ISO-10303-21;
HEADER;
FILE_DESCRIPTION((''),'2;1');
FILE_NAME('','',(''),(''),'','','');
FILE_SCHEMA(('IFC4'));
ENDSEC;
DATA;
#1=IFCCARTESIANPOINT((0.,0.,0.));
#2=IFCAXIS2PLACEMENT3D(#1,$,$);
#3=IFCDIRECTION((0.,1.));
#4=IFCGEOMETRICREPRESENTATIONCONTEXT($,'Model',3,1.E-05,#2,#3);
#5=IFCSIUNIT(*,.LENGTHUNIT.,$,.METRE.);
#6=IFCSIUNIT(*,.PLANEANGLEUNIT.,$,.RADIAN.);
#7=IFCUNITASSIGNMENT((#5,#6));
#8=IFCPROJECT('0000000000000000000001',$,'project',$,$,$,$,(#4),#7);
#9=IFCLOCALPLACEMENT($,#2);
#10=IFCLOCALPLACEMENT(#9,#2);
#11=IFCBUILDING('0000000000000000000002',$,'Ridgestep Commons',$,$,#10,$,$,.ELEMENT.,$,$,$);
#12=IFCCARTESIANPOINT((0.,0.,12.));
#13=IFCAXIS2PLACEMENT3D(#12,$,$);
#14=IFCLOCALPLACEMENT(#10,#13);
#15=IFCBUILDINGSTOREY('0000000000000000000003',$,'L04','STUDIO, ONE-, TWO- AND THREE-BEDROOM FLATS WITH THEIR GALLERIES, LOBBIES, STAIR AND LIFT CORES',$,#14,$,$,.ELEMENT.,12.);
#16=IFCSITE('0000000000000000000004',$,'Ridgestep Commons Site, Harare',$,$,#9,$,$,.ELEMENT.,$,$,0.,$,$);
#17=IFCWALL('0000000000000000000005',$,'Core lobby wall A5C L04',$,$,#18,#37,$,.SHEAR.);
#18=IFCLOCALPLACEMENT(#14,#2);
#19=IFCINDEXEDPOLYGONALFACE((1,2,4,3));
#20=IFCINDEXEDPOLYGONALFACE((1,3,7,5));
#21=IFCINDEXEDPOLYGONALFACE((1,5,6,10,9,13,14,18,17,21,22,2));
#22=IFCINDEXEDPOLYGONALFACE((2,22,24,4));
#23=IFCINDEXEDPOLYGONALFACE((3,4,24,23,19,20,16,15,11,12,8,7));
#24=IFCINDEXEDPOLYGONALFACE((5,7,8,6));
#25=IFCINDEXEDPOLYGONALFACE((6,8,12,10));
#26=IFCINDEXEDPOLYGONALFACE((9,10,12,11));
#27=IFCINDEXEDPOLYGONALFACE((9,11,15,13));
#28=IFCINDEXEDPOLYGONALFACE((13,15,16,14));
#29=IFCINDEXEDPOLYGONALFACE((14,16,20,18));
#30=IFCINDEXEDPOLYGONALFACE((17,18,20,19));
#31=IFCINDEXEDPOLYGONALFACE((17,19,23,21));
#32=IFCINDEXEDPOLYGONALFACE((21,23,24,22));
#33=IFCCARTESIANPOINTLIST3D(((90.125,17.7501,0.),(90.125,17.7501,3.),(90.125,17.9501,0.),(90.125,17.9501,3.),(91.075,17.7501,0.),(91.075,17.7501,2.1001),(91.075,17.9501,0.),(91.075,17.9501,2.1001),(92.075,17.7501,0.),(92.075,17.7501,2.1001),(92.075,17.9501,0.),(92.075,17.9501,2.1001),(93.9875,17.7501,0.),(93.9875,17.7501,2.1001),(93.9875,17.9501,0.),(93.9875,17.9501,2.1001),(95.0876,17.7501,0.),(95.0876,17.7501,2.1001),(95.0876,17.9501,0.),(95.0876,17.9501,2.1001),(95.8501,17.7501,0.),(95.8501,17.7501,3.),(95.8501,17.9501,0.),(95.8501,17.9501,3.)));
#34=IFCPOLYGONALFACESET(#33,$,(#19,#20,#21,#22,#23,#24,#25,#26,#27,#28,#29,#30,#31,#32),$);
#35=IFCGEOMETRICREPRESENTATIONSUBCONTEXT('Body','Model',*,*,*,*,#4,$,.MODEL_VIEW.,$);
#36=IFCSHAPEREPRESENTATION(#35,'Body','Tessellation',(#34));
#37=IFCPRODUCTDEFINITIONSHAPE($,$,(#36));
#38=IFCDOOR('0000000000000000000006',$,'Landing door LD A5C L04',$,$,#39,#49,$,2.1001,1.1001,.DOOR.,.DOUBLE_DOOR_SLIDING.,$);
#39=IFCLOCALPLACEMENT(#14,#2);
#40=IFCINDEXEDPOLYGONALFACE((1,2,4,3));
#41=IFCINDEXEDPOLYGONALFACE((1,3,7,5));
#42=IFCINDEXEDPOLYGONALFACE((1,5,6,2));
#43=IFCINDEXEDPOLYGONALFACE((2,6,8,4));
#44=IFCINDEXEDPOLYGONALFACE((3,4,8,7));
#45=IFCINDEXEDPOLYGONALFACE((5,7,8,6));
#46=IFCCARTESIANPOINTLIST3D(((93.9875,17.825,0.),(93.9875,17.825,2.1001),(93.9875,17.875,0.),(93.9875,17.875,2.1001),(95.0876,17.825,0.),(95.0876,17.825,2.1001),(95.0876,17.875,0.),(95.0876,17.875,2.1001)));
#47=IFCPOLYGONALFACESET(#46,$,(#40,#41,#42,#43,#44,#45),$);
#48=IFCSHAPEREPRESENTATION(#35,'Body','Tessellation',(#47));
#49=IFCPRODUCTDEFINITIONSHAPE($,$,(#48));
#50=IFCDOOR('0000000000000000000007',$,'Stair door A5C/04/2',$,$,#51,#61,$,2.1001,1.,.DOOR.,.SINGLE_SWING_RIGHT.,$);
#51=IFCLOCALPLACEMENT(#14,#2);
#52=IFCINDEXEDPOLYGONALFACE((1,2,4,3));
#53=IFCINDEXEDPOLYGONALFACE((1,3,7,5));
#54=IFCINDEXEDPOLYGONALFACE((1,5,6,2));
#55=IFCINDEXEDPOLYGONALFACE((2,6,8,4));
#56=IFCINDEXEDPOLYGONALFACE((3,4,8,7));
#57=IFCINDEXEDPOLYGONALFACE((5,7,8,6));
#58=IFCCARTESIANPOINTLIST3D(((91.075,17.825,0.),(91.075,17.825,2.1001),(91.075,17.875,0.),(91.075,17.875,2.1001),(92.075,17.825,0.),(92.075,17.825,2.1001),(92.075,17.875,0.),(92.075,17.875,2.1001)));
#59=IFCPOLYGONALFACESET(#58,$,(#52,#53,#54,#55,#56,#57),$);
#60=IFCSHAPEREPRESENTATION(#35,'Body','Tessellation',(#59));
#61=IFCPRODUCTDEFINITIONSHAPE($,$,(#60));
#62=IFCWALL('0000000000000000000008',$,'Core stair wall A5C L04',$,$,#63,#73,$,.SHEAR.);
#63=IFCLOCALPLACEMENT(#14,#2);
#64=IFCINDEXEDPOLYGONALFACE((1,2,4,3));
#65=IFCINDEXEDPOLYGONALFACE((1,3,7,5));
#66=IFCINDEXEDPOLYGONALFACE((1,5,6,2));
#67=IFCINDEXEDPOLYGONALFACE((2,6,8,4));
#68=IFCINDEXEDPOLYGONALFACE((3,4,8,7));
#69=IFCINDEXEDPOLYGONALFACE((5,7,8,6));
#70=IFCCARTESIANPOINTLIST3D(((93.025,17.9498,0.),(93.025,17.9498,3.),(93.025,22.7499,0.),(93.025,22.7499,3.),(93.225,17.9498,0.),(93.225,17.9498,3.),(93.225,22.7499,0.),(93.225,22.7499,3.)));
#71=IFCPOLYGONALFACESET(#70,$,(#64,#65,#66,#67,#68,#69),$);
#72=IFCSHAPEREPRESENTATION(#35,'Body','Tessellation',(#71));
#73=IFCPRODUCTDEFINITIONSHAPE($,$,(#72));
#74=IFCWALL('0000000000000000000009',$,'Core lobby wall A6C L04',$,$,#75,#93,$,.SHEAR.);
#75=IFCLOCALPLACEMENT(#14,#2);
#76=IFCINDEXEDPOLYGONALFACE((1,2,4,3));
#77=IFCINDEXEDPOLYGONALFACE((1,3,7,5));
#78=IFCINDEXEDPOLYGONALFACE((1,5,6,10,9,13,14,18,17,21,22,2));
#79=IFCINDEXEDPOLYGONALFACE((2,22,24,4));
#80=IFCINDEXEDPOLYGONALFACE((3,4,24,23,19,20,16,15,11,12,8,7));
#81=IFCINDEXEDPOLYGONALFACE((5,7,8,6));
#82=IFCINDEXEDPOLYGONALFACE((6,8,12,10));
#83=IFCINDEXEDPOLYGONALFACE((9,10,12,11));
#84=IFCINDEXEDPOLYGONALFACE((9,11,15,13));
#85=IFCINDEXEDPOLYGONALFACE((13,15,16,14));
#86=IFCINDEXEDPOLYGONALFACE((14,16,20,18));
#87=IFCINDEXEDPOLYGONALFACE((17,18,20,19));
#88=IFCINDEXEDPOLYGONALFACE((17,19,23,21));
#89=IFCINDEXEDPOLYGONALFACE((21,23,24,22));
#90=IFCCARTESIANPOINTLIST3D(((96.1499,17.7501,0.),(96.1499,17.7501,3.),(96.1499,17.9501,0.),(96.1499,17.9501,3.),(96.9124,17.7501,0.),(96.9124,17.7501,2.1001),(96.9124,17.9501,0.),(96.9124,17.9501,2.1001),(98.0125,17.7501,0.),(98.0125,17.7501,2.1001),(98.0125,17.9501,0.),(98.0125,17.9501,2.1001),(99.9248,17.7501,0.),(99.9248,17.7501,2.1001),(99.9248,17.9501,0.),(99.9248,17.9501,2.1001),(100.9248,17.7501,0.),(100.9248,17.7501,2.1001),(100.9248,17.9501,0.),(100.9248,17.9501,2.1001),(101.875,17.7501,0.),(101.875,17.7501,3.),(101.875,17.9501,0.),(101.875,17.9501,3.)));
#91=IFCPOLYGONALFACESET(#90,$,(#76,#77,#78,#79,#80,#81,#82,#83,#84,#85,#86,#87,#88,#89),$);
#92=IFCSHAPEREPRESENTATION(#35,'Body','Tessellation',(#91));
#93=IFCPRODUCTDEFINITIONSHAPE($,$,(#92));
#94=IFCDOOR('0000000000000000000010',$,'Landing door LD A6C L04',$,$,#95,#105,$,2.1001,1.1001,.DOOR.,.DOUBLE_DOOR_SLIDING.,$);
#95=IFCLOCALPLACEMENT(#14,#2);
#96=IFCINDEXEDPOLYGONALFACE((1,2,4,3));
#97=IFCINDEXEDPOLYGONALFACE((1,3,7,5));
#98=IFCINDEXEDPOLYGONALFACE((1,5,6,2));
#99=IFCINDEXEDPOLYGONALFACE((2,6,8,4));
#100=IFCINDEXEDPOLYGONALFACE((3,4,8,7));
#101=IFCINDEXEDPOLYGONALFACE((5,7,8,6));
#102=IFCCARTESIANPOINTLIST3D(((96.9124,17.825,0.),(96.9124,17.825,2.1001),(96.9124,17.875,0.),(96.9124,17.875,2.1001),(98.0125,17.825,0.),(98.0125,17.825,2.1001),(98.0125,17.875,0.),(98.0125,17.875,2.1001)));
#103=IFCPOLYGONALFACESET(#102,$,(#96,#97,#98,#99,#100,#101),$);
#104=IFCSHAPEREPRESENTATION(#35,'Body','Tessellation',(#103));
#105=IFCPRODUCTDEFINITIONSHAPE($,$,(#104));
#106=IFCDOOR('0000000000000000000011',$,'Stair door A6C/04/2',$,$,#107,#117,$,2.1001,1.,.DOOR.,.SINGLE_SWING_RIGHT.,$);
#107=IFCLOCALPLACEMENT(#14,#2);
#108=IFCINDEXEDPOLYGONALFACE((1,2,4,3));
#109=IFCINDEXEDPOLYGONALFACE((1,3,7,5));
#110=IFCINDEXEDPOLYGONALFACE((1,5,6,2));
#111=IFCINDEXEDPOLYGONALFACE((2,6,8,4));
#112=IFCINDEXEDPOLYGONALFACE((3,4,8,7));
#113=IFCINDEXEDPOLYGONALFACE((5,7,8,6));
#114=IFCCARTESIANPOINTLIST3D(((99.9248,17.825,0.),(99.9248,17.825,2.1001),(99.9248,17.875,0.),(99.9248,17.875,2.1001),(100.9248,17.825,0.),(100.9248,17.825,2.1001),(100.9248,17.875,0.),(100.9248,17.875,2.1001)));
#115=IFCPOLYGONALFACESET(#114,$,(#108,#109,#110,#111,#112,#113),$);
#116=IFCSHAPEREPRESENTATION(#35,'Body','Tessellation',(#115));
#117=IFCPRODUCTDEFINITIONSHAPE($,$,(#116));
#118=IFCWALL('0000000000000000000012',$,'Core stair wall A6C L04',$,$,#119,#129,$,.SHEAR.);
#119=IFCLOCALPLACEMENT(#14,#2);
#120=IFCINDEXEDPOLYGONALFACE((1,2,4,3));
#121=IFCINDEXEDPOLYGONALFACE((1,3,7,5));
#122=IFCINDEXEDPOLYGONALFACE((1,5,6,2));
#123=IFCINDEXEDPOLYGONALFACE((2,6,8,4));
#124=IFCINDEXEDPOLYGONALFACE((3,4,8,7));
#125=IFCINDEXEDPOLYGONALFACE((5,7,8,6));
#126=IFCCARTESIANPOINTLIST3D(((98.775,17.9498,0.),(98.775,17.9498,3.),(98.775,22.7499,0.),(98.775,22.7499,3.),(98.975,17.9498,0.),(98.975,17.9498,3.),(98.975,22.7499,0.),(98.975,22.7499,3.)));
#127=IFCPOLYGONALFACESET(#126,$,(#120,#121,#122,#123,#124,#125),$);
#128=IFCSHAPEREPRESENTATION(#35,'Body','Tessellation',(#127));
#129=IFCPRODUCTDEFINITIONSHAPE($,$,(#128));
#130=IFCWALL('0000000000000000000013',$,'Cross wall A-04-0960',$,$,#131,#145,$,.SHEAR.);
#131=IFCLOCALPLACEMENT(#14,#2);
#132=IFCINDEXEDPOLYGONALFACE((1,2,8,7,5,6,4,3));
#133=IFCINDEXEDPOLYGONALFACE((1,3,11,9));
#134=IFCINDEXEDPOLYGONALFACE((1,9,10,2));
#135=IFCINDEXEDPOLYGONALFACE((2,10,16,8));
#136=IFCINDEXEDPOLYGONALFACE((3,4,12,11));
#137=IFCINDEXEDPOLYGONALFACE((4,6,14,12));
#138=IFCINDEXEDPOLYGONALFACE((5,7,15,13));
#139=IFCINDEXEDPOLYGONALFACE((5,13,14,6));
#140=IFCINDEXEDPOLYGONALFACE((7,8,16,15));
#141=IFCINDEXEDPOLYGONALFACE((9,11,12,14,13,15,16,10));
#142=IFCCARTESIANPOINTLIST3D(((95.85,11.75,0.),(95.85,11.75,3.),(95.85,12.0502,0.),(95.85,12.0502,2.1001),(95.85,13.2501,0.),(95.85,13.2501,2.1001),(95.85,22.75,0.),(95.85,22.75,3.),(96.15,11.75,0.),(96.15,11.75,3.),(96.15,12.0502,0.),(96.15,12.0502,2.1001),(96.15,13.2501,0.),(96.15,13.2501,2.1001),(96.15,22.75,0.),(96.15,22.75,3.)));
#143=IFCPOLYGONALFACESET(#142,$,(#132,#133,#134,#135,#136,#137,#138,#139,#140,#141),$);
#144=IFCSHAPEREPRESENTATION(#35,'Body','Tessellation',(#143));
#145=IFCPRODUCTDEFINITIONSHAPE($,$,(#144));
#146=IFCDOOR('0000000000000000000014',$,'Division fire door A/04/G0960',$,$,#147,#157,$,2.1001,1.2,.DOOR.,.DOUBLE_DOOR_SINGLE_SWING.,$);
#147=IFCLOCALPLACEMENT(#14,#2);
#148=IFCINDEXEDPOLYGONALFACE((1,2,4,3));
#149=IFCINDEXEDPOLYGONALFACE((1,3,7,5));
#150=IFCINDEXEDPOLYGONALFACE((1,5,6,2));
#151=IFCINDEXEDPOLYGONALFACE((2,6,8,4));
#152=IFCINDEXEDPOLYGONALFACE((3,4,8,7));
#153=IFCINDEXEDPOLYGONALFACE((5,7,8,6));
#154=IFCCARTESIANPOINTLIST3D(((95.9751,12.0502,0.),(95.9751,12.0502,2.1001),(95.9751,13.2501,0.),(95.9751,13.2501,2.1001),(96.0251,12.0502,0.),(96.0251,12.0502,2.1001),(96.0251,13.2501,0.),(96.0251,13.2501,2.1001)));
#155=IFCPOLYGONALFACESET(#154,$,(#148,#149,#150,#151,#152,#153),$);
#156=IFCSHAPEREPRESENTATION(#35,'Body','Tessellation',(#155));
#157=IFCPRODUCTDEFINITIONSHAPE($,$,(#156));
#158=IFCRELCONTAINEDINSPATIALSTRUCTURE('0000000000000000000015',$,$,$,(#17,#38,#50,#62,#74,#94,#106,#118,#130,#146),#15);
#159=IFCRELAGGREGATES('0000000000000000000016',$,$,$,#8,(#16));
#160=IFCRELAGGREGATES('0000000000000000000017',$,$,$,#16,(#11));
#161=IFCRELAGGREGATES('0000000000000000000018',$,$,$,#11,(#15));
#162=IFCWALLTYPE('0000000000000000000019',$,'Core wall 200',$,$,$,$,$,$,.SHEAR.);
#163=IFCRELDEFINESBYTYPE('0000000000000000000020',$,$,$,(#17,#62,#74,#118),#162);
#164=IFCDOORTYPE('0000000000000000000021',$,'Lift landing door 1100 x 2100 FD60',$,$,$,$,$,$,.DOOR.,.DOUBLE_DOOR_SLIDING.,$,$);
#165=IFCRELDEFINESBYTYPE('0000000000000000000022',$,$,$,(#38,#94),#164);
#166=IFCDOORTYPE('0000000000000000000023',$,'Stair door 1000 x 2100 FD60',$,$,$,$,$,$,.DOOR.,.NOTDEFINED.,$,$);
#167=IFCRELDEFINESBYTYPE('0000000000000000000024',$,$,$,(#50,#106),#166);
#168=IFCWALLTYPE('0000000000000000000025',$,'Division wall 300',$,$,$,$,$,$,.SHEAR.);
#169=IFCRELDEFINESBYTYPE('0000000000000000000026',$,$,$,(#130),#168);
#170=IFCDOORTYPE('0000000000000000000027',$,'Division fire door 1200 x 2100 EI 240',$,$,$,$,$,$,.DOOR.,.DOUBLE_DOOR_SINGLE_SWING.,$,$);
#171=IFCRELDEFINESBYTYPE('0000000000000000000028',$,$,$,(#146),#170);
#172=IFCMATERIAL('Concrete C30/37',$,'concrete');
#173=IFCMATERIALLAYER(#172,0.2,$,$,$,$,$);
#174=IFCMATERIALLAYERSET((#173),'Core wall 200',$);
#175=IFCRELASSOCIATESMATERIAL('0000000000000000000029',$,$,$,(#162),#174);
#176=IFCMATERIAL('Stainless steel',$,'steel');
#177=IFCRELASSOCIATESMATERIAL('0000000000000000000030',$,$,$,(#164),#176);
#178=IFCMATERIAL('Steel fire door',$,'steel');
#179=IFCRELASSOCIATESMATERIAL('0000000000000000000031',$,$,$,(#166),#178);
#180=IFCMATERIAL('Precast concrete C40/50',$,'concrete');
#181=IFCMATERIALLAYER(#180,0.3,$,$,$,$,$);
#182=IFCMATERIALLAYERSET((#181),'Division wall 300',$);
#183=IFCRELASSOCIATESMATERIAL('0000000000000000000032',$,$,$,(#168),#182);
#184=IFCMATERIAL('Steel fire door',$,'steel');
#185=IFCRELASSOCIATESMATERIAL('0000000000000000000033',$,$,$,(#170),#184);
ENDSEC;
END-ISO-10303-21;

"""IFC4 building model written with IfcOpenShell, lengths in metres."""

from ifc_helpers import new_model, si_unit, direction, frame, frame_2d, origin, place, context, subcontext, project, spatial, rectangle, extrude, material, layer, layer_set, type_object, element, fill, save


model = new_model("IFC4")

# Units and contexts
model_context = context("Model", 3, precision=1e-05, world=origin(), true_north=direction((0.0, 1.0)))
body_context = subcontext(model_context, "Body", "Model", "MODEL_VIEW")
ifc_project = project(units=[si_unit("LENGTHUNIT", "METRE"), si_unit("PLANEANGLEUNIT", "RADIAN")], contexts=[model_context])

# Site, building, storey
site_placement = place(None, origin())
site = spatial("IfcSite", under=ifc_project, at=site_placement, Name="Ridgestep Commons Site, Harare", CompositionType="ELEMENT", RefElevation=0.0)
building_placement = place(site_placement, origin())
building = spatial("IfcBuilding", under=site, at=building_placement, Name="Ridgestep Commons", CompositionType="ELEMENT")
storey_placement = place(building_placement, frame((0.0, 0.0, 12.0)))
storey = spatial("IfcBuildingStorey", under=building, at=storey_placement, Name="L04", Description="STUDIO, ONE-, TWO- AND THREE-BEDROOM FLATS WITH THEIR GALLERIES, LOBBIES, STAIR AND LIFT CORES", CompositionType="ELEMENT", Elevation=12.0)

# Wall, openings, doors
ifc_material_1 = material(Name="Concrete C30/37", Category="concrete")
ifc_layer_1 = layer(ifc_material_1, 0.2)
ifc_layer_set_1 = layer_set([ifc_layer_1], Name="Core wall 200")
wall_type_1 = type_object("IfcWallType", Name="Core wall 200", PredefinedType="SHEAR", material=ifc_layer_set_1)
wall_1_placement = place(storey_placement, frame((90.125, 17.8501, 0.0), z_axis=(0.0, 0.0, 1.0), x_axis=(1.0, 0.0, 0.0)))
wall_1 = element("IfcWall", 1, at=wall_1_placement, inside=storey, type_object=wall_type_1, Name="Core lobby wall A5C L04", PredefinedType="SHEAR", context=body_context, shape_type="SweptSolid", body=[
    extrude(rectangle(XDim=5.7251, YDim=0.2, at=frame_2d((2.8625, 0.0))), origin(), (0.0, 0.0, 1.0), 3.0),
])
opening_1_placement = place(wall_1_placement, frame((0.95, 0.0, 0.0)))
opening_1 = element("IfcOpeningElement", 2, at=opening_1_placement, cuts=wall_1, PredefinedType="OPENING", context=body_context, shape_type="SweptSolid", body=[
    extrude(rectangle(XDim=1.0, YDim=2.1001, at=frame_2d((0.5, 1.05))), frame((0.0, 0.1099, 0.0), z_axis=(0.0, -1.0, 0.0), x_axis=(1.0, 0.0, 0.0)), (0.0, 0.0, 1.0), 0.22),
])
opening_2_placement = place(wall_1_placement, frame((3.8625, 0.0, 0.0)))
opening_2 = element("IfcOpeningElement", 3, at=opening_2_placement, cuts=wall_1, PredefinedType="OPENING", context=body_context, shape_type="SweptSolid", body=[
    extrude(rectangle(XDim=1.1001, YDim=2.1001, at=frame_2d((0.55, 1.05))), frame((0.0, 0.1099, 0.0), z_axis=(0.0, -1.0, 0.0), x_axis=(1.0, 0.0, 0.0)), (0.0, 0.0, 1.0), 0.22),
])
ifc_material_2 = material(Name="Stainless steel", Category="steel")
door_type_1 = type_object("IfcDoorType", Name="Lift landing door 1100 x 2100 FD60", OperationType="DOUBLE_DOOR_SLIDING", PredefinedType="DOOR", material=ifc_material_2)
door_1_placement = place(opening_2_placement, origin())
door_1 = element("IfcDoor", 4, at=door_1_placement, inside=storey, type_object=door_type_1, Name="Landing door LD A5C L04", OperationType="DOUBLE_DOOR_SLIDING", OverallHeight=2.1001, OverallWidth=1.1001, PredefinedType="DOOR", context=body_context, shape_type="SweptSolid", body=[
    extrude(rectangle(XDim=1.1001, YDim=2.1001, at=frame_2d((0.55, 1.05))), frame((0.0, 0.0249, 0.0), z_axis=(0.0, -1.0, 0.0), x_axis=(1.0, 0.0, 0.0)), (0.0, 0.0, 1.0), 0.05),
])
fill(opening_2, door_1)
ifc_material_3 = material(Name="Steel fire door", Category="steel")
door_type_2 = type_object("IfcDoorType", Name="Stair door 1000 x 2100 FD60", OperationType="NOTDEFINED", PredefinedType="DOOR", material=ifc_material_3)
door_2_placement = place(opening_1_placement, origin())
door_2 = element("IfcDoor", 5, at=door_2_placement, inside=storey, type_object=door_type_2, Name="Stair door A5C/04/2", OperationType="SINGLE_SWING_RIGHT", OverallHeight=2.1001, OverallWidth=1.0, PredefinedType="DOOR", context=body_context, shape_type="SweptSolid", body=[
    extrude(rectangle(XDim=1.0, YDim=2.1001, at=frame_2d((0.5, 1.05))), frame((0.0, 0.0249, 0.0), z_axis=(0.0, -1.0, 0.0), x_axis=(1.0, 0.0, 0.0)), (0.0, 0.0, 1.0), 0.05),
])
fill(opening_1, door_2)

# Wall
wall_2_placement = place(storey_placement, frame((93.125, 17.95, 0.0), z_axis=(0.0, 0.0, 1.0), x_axis=(0.0, 1.0, 0.0)))
element("IfcWall", 6, at=wall_2_placement, inside=storey, type_object=wall_type_1, Name="Core stair wall A5C L04", PredefinedType="SHEAR", context=body_context, shape_type="SweptSolid", body=[
    extrude(rectangle(XDim=4.8, YDim=0.2, at=frame_2d((2.3999, 0.0))), origin(), (0.0, 0.0, 1.0), 3.0),
])

# Wall, openings, doors
wall_3_placement = place(storey_placement, frame((96.1499, 17.8501, 0.0), z_axis=(0.0, 0.0, 1.0), x_axis=(1.0, 0.0, 0.0)))
wall_3 = element("IfcWall", 7, at=wall_3_placement, inside=storey, type_object=wall_type_1, Name="Core lobby wall A6C L04", PredefinedType="SHEAR", context=body_context, shape_type="SweptSolid", body=[
    extrude(rectangle(XDim=5.7251, YDim=0.2, at=frame_2d((2.8625, 0.0))), origin(), (0.0, 0.0, 1.0), 3.0),
])
opening_3_placement = place(wall_3_placement, frame((3.7749, 0.0, 0.0)))
opening_3 = element("IfcOpeningElement", 8, at=opening_3_placement, cuts=wall_3, PredefinedType="OPENING", context=body_context, shape_type="SweptSolid", body=[
    extrude(rectangle(XDim=1.0, YDim=2.1001, at=frame_2d((0.5, 1.05))), frame((0.0, 0.1099, 0.0), z_axis=(0.0, -1.0, 0.0), x_axis=(1.0, 0.0, 0.0)), (0.0, 0.0, 1.0), 0.22),
])
opening_4_placement = place(wall_3_placement, frame((0.7625, 0.0, 0.0)))
opening_4 = element("IfcOpeningElement", 9, at=opening_4_placement, cuts=wall_3, PredefinedType="OPENING", context=body_context, shape_type="SweptSolid", body=[
    extrude(rectangle(XDim=1.1001, YDim=2.1001, at=frame_2d((0.55, 1.05))), frame((0.0, 0.1099, 0.0), z_axis=(0.0, -1.0, 0.0), x_axis=(1.0, 0.0, 0.0)), (0.0, 0.0, 1.0), 0.22),
])
door_3_placement = place(opening_4_placement, origin())
door_3 = element("IfcDoor", 10, at=door_3_placement, inside=storey, type_object=door_type_1, Name="Landing door LD A6C L04", OperationType="DOUBLE_DOOR_SLIDING", OverallHeight=2.1001, OverallWidth=1.1001, PredefinedType="DOOR", context=body_context, shape_type="SweptSolid", body=[
    extrude(rectangle(XDim=1.1001, YDim=2.1001, at=frame_2d((0.55, 1.05))), frame((0.0, 0.0249, 0.0), z_axis=(0.0, -1.0, 0.0), x_axis=(1.0, 0.0, 0.0)), (0.0, 0.0, 1.0), 0.05),
])
fill(opening_4, door_3)
door_4_placement = place(opening_3_placement, origin())
door_4 = element("IfcDoor", 11, at=door_4_placement, inside=storey, type_object=door_type_2, Name="Stair door A6C/04/2", OperationType="SINGLE_SWING_RIGHT", OverallHeight=2.1001, OverallWidth=1.0, PredefinedType="DOOR", context=body_context, shape_type="SweptSolid", body=[
    extrude(rectangle(XDim=1.0, YDim=2.1001, at=frame_2d((0.5, 1.05))), frame((0.0, 0.0249, 0.0), z_axis=(0.0, -1.0, 0.0), x_axis=(1.0, 0.0, 0.0)), (0.0, 0.0, 1.0), 0.05),
])
fill(opening_3, door_4)

# Wall
wall_4_placement = place(storey_placement, frame((98.875, 17.95, 0.0), z_axis=(0.0, 0.0, 1.0), x_axis=(0.0, 1.0, 0.0)))
element("IfcWall", 12, at=wall_4_placement, inside=storey, type_object=wall_type_1, Name="Core stair wall A6C L04", PredefinedType="SHEAR", context=body_context, shape_type="SweptSolid", body=[
    extrude(rectangle(XDim=4.8, YDim=0.2, at=frame_2d((2.3999, 0.0))), origin(), (0.0, 0.0, 1.0), 3.0),
])

# Wall, opening, door
ifc_material_4 = material(Name="Precast concrete C40/50", Category="concrete")
ifc_layer_2 = layer(ifc_material_4, 0.3)
ifc_layer_set_2 = layer_set([ifc_layer_2], Name="Division wall 300")
wall_type_2 = type_object("IfcWallType", Name="Division wall 300", PredefinedType="SHEAR", material=ifc_layer_set_2)
wall_5_placement = place(storey_placement, frame((96.0, 11.75, 0.0), z_axis=(0.0, 0.0, 1.0), x_axis=(0.0, 1.0, 0.0)))
wall_5 = element("IfcWall", 13, at=wall_5_placement, inside=storey, type_object=wall_type_2, Name="Cross wall A-04-0960", PredefinedType="SHEAR", context=body_context, shape_type="SweptSolid", body=[
    extrude(rectangle(XDim=11.0, YDim=0.3, at=frame_2d((5.5, 0.0))), origin(), (0.0, 0.0, 1.0), 3.0),
])
opening_5_placement = place(wall_5_placement, frame((0.3, 0.0, 0.0)))
opening_5 = element("IfcOpeningElement", 14, at=opening_5_placement, cuts=wall_5, PredefinedType="OPENING", context=body_context, shape_type="SweptSolid", body=[
    extrude(rectangle(XDim=1.2, YDim=2.1001, at=frame_2d((0.6001, 1.05))), frame((0.0, 0.1599, 0.0), z_axis=(0.0, -1.0, 0.0), x_axis=(1.0, 0.0, 0.0)), (0.0, 0.0, 1.0), 0.3201),
])
ifc_material_5 = material(Name="Steel fire door", Category="steel")
door_type_3 = type_object("IfcDoorType", Name="Division fire door 1200 x 2100 EI 240", OperationType="DOUBLE_DOOR_SINGLE_SWING", PredefinedType="DOOR", material=ifc_material_5)
door_5_placement = place(opening_5_placement, origin())
door_5 = element("IfcDoor", 15, at=door_5_placement, inside=storey, type_object=door_type_3, Name="Division fire door A/04/G0960", OperationType="DOUBLE_DOOR_SINGLE_SWING", OverallHeight=2.1001, OverallWidth=1.2, PredefinedType="DOOR", context=body_context, shape_type="SweptSolid", body=[
    extrude(rectangle(XDim=1.2, YDim=2.1001, at=frame_2d((0.6001, 1.05))), frame((0.0, 0.0249, 0.0), z_axis=(0.0, -1.0, 0.0), x_axis=(1.0, 0.0, 0.0)), (0.0, 0.0, 1.0), 0.05),
])
fill(opening_5, door_5)

save(model, "model.ifc")
